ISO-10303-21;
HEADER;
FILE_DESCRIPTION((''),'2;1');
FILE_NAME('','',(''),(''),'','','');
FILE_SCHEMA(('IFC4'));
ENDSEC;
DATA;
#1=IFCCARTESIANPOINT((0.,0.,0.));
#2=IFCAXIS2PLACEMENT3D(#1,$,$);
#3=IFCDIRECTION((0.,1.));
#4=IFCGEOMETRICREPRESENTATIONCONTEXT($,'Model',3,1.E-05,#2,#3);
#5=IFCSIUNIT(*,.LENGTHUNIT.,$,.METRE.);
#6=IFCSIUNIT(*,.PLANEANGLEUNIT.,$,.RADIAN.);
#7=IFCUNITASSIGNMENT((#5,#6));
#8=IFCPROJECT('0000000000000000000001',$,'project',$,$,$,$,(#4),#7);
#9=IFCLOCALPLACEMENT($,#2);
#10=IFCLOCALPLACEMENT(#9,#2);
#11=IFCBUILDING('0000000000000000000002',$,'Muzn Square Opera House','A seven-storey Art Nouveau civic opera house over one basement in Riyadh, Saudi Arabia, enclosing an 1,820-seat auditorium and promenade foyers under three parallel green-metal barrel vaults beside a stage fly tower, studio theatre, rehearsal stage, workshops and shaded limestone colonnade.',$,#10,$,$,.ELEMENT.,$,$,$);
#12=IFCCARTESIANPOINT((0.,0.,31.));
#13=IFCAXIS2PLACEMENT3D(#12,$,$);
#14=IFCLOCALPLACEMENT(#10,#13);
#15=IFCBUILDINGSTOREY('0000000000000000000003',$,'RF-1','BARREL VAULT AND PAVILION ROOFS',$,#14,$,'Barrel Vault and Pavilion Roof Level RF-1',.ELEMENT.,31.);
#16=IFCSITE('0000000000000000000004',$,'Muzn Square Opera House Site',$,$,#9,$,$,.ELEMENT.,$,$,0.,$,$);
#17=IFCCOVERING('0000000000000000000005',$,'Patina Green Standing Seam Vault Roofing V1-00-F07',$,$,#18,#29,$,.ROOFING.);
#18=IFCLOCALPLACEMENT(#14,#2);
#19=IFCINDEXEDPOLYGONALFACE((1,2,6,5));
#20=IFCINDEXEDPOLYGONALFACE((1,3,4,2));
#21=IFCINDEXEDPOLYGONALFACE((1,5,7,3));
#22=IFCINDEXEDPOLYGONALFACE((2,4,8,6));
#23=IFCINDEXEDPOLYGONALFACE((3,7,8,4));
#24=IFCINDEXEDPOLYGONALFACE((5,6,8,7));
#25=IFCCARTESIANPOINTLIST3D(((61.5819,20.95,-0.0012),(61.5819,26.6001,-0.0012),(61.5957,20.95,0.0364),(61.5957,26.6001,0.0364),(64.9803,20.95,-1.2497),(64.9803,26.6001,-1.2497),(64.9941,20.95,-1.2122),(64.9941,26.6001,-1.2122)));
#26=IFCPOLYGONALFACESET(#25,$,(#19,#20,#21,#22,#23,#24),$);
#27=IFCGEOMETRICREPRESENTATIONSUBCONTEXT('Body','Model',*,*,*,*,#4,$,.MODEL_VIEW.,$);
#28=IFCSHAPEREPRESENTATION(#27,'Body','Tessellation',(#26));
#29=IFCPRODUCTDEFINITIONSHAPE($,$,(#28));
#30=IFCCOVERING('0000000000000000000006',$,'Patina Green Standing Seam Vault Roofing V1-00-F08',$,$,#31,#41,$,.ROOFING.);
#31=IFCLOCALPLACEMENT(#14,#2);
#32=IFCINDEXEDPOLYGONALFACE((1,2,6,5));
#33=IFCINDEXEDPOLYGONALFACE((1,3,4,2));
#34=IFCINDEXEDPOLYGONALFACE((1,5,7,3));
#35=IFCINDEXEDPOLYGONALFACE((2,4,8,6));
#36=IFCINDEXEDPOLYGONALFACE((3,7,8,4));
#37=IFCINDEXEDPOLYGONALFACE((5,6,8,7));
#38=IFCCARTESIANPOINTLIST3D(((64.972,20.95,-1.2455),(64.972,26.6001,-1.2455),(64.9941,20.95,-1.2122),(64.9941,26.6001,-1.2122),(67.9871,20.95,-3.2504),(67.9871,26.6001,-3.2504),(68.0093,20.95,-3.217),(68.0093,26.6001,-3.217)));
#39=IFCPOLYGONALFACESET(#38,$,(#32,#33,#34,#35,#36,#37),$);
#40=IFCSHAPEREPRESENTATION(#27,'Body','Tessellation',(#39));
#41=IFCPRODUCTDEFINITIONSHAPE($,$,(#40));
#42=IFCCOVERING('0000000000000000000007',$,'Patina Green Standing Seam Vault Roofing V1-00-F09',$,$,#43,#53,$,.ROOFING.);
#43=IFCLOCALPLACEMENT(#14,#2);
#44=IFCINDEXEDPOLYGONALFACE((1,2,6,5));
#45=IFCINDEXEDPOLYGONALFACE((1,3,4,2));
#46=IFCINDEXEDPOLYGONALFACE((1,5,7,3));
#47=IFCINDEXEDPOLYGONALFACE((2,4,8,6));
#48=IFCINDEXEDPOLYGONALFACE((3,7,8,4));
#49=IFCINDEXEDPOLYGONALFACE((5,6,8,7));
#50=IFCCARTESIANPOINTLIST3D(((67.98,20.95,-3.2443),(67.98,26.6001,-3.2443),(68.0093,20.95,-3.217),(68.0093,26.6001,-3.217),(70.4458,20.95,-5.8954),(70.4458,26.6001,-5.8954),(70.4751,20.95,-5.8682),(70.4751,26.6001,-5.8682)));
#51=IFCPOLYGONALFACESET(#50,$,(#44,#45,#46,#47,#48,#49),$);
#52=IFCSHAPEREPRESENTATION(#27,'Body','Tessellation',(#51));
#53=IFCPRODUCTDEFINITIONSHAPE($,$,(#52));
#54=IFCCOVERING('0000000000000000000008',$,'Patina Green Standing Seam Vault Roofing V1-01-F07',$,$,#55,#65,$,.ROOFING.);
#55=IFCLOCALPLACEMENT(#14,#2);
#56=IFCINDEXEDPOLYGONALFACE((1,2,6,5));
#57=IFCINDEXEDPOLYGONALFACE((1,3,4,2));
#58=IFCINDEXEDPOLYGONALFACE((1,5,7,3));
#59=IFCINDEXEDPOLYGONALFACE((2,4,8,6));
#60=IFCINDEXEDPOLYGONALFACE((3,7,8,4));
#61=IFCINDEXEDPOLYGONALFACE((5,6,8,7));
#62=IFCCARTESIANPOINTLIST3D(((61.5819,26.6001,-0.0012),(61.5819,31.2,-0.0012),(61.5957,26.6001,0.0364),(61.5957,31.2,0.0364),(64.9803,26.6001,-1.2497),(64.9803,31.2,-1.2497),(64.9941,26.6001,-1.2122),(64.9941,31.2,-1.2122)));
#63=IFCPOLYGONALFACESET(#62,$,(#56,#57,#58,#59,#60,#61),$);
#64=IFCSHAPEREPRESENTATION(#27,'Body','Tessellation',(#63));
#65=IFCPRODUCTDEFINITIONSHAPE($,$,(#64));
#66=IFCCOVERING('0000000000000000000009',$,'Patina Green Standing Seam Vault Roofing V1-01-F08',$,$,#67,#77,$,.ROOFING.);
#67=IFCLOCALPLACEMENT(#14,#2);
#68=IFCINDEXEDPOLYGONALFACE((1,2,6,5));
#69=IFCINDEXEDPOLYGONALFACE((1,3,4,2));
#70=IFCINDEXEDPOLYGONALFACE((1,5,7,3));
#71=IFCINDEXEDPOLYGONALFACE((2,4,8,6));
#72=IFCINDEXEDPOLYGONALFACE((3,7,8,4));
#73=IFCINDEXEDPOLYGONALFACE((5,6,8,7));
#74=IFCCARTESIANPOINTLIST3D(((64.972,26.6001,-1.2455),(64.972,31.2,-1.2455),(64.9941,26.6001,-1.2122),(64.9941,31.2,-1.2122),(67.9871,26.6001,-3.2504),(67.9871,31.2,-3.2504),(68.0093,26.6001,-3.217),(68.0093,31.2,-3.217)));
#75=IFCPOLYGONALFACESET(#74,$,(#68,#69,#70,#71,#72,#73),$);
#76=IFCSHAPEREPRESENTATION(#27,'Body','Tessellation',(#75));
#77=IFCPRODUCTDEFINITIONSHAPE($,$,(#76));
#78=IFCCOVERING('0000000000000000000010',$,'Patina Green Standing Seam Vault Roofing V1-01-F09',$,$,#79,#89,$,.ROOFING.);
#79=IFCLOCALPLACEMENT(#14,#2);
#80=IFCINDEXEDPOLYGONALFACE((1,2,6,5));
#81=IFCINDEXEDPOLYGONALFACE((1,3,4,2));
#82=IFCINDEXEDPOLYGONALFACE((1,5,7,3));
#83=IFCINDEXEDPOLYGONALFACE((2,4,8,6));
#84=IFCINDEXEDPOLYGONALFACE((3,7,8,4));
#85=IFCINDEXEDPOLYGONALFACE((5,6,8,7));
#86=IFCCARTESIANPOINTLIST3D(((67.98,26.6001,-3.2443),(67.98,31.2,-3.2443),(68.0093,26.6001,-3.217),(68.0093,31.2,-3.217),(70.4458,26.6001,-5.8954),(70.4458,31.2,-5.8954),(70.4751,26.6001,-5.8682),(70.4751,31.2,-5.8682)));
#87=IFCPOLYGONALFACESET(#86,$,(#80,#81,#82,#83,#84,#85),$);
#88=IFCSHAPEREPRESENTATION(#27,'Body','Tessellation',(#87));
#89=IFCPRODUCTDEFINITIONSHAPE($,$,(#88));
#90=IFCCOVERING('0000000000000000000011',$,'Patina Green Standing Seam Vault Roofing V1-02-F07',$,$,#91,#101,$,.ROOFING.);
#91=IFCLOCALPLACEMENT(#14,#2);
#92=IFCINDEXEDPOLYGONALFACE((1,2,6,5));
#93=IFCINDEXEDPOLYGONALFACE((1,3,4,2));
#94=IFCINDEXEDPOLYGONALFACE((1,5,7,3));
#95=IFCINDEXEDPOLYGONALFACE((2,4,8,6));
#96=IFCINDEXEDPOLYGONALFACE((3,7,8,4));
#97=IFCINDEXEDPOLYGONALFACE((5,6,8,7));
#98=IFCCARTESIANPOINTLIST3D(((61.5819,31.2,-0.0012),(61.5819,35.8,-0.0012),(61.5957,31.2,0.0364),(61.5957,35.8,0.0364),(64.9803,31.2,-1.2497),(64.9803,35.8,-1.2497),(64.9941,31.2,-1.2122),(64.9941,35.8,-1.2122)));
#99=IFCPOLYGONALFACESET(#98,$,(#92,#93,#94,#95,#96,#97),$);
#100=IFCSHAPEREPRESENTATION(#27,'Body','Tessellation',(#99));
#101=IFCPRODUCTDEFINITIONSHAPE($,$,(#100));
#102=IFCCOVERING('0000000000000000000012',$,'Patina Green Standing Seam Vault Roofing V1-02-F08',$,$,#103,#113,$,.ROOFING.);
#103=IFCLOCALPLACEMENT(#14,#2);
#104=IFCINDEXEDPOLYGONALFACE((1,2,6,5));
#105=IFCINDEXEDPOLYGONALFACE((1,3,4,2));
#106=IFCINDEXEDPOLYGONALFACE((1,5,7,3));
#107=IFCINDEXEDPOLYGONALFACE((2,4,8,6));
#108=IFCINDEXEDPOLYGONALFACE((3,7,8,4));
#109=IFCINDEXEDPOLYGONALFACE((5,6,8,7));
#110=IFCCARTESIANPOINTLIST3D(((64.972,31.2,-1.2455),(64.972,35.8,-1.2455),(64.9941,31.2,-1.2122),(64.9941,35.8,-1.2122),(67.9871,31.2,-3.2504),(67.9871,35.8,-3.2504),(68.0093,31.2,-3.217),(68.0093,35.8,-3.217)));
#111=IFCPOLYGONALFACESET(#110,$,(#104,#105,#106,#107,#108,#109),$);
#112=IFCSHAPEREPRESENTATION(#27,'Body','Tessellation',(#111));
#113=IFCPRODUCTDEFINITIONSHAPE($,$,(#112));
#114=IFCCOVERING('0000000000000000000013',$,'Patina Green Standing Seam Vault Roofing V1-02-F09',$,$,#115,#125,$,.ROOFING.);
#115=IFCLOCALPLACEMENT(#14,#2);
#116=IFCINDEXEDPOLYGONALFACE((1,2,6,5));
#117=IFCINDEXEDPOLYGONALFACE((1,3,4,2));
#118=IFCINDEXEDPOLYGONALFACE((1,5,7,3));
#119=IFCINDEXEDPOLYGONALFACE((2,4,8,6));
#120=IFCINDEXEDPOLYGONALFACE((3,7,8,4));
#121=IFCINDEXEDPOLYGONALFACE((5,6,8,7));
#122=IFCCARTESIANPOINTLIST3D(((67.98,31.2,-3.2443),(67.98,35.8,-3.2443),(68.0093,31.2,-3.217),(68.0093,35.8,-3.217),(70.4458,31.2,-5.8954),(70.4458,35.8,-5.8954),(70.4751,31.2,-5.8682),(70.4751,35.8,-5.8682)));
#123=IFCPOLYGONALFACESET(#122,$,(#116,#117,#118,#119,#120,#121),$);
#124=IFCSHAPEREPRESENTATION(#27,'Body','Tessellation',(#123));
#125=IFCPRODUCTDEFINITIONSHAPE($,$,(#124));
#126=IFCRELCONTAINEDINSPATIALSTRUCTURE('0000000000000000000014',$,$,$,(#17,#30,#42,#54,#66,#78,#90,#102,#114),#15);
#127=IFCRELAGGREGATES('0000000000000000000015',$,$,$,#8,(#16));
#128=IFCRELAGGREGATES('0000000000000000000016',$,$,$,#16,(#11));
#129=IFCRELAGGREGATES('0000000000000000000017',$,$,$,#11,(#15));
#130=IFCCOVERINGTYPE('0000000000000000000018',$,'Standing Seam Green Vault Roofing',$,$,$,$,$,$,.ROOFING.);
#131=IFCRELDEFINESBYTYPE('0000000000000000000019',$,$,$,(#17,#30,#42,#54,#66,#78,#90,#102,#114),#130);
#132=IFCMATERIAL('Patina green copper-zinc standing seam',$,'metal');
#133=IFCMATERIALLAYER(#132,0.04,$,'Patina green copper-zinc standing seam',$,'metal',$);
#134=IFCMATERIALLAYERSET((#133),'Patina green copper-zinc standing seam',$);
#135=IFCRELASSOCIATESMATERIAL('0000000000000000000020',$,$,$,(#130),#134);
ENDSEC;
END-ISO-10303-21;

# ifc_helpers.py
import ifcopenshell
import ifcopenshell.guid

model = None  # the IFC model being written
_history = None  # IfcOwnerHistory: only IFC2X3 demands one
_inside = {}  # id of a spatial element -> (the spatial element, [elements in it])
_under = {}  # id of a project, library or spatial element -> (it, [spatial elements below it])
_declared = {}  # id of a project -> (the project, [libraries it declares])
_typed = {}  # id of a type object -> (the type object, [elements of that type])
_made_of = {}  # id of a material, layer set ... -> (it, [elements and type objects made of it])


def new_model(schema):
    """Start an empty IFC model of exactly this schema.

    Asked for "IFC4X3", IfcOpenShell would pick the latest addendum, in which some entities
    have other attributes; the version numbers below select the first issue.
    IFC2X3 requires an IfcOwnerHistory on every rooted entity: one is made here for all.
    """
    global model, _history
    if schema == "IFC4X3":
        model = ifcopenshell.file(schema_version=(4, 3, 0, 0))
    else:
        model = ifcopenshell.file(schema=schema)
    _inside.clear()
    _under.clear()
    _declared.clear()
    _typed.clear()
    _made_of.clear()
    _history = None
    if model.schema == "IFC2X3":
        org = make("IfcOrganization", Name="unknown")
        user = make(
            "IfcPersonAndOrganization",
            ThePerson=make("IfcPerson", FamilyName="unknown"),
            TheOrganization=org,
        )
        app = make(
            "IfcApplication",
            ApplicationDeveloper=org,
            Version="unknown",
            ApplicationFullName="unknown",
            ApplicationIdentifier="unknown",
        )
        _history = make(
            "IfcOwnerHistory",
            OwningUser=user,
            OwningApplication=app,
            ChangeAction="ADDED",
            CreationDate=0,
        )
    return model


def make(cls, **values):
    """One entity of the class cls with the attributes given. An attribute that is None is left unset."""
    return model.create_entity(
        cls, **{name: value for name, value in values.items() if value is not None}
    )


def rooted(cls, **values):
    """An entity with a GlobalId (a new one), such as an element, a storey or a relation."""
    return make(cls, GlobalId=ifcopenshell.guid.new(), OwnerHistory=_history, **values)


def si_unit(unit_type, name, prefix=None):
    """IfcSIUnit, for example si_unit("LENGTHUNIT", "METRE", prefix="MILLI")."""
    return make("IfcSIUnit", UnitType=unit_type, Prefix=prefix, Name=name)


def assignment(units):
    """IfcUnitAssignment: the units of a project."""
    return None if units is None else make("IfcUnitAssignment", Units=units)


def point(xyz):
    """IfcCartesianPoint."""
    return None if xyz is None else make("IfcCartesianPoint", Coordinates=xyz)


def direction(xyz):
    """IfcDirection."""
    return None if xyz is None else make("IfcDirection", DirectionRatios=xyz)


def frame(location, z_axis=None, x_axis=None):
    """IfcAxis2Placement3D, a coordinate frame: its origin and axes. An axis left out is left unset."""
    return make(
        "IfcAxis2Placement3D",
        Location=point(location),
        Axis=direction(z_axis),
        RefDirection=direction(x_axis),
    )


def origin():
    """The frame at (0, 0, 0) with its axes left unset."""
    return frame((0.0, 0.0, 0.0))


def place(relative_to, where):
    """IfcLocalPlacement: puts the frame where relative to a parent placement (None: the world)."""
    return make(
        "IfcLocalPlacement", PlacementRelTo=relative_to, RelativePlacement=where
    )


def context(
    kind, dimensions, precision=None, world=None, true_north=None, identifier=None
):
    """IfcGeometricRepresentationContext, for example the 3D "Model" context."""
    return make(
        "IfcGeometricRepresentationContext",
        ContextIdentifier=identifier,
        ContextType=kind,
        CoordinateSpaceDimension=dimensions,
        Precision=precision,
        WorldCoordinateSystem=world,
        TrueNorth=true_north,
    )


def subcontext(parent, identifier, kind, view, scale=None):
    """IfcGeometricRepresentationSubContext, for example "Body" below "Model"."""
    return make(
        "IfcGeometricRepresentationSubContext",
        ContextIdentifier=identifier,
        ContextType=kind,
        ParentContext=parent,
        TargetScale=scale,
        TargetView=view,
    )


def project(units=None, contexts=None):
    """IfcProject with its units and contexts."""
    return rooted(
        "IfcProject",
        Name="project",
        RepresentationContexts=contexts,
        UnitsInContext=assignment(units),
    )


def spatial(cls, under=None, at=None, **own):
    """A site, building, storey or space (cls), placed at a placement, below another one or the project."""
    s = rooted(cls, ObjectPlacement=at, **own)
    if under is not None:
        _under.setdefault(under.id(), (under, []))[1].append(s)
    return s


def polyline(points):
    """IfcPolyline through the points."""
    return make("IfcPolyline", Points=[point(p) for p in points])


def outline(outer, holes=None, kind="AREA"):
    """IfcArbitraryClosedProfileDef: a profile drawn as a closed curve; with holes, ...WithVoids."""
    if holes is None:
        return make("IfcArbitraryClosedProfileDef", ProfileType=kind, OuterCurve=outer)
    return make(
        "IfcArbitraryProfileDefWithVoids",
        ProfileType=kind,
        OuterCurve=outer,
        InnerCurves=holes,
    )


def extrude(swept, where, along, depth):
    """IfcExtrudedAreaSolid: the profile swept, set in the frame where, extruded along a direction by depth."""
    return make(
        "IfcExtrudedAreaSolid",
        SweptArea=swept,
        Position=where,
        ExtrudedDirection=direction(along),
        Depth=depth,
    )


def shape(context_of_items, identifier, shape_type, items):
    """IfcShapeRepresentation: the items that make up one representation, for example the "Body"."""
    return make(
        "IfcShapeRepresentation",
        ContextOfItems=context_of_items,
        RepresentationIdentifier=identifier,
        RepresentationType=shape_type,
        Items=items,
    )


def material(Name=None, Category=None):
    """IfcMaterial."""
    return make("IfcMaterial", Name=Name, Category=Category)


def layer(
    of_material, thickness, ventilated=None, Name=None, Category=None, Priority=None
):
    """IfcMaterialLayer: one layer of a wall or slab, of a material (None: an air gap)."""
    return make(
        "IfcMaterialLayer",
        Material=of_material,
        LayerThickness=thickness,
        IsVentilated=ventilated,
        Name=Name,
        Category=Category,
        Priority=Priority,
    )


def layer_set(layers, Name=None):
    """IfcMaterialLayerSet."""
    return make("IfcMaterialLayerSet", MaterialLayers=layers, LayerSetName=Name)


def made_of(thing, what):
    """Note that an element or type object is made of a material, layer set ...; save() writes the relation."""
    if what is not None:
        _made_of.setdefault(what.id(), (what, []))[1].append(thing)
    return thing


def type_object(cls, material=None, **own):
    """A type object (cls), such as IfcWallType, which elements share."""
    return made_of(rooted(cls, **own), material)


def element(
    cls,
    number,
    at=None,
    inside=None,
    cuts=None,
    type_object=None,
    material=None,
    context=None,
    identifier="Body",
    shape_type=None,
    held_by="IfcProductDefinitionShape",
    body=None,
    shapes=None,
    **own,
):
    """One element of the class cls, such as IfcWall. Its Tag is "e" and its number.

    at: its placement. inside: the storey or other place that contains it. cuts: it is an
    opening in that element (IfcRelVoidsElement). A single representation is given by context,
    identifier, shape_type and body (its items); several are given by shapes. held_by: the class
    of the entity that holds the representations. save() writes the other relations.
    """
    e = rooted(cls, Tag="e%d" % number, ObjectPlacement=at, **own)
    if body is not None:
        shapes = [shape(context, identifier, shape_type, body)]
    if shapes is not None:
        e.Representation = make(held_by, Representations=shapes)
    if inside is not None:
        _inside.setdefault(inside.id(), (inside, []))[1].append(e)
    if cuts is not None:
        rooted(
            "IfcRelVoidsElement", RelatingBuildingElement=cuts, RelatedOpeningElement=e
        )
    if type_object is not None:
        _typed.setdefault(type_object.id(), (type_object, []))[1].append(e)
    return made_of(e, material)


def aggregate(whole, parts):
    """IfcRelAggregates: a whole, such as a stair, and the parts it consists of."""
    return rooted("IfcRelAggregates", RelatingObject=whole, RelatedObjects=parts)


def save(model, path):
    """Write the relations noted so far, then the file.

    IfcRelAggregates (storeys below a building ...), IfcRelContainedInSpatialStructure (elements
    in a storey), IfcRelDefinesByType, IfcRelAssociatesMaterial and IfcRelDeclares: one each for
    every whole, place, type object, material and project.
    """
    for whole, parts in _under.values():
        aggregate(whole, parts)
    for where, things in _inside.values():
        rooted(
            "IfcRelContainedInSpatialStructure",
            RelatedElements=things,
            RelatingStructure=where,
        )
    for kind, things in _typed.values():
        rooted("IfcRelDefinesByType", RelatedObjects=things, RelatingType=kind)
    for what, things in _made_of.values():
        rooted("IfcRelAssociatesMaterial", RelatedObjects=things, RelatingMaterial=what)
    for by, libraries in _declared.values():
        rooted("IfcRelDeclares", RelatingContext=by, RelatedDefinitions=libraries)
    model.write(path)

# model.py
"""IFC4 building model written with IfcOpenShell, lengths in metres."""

from ifc_helpers import new_model, si_unit, direction, frame, origin, place, context, subcontext, project, spatial, polyline, outline, extrude, material, layer, layer_set, type_object, element, save


model = new_model("IFC4")

# Units and contexts
model_context = context("Model", 3, precision=1e-05, world=origin(), true_north=direction((0.0, 1.0)))
body_context = subcontext(model_context, "Body", "Model", "MODEL_VIEW")
ifc_project = project(units=[si_unit("LENGTHUNIT", "METRE"), si_unit("PLANEANGLEUNIT", "RADIAN")], contexts=[model_context])

# Site, building, storey
site_placement = place(None, origin())
site = spatial("IfcSite", under=ifc_project, at=site_placement, Name="Muzn Square Opera House Site", CompositionType="ELEMENT", RefElevation=0.0)
building_placement = place(site_placement, origin())
building = spatial("IfcBuilding", under=site, at=building_placement, Name="Muzn Square Opera House", Description="A seven-storey Art Nouveau civic opera house over one basement in Riyadh, Saudi Arabia, enclosing an 1,820-seat auditorium and promenade foyers under three parallel green-metal barrel vaults beside a stage fly tower, studio theatre, rehearsal stage, workshops and shaded limestone colonnade.", CompositionType="ELEMENT")
storey_placement = place(building_placement, frame((0.0, 0.0, 31.0)))
storey = spatial("IfcBuildingStorey", under=building, at=storey_placement, Name="RF-1", Description="BARREL VAULT AND PAVILION ROOFS", LongName="Barrel Vault and Pavilion Roof Level RF-1", CompositionType="ELEMENT", Elevation=31.0)

# Shared definitions
ifc_material_1 = material(Name="Patina green copper-zinc standing seam", Category="metal")

# Coverings
ifc_layer_1 = layer(ifc_material_1, 0.04, Name="Patina green copper-zinc standing seam", Category="metal")
ifc_layer_set_1 = layer_set([ifc_layer_1], Name="Patina green copper-zinc standing seam")
covering_type = type_object("IfcCoveringType", Name="Standing Seam Green Vault Roofing", PredefinedType="ROOFING", material=ifc_layer_set_1)
covering_1_placement = place(storey_placement, frame((61.5957, 20.95, 0.0364), z_axis=(0.344849, 0.0, 0.938658), x_axis=(0.938658, 0.0, -0.344849)))
element("IfcCovering", 1, at=covering_1_placement, inside=storey, type_object=covering_type, Name="Patina Green Standing Seam Vault Roofing V1-00-F07", PredefinedType="ROOFING", context=body_context, shape_type="SweptSolid", body=[
    extrude(outline(polyline([(0.0, 0.0), (3.6205, 0.0), (3.6205, 5.6501), (0.0, 5.6501), (0.0, 0.0)])), origin(), (0.0, 0.0, -1.0), 0.04),
])
covering_2_placement = place(storey_placement, frame((64.9941, 20.95, -1.2122), z_axis=(0.553704, 0.0, 0.832714), x_axis=(0.832714, 0.0, -0.553704)))
element("IfcCovering", 2, at=covering_2_placement, inside=storey, type_object=covering_type, Name="Patina Green Standing Seam Vault Roofing V1-00-F08", PredefinedType="ROOFING", context=body_context, shape_type="SweptSolid", body=[
    extrude(outline(polyline([(0.0, 0.0), (3.6209, 0.0), (3.6209, 5.6501), (0.0, 5.6501), (0.0, 0.0)])), origin(), (0.0, 0.0, -1.0), 0.04),
])
covering_3_placement = place(storey_placement, frame((68.0093, 20.95, -3.217), z_axis=(0.732234, 0.0, 0.681053), x_axis=(0.681053, 0.0, -0.732234)))
element("IfcCovering", 3, at=covering_3_placement, inside=storey, type_object=covering_type, Name="Patina Green Standing Seam Vault Roofing V1-00-F09", PredefinedType="ROOFING", context=body_context, shape_type="SweptSolid", body=[
    extrude(outline(polyline([(0.0, 0.0), (3.6206, 0.0), (3.6206, 5.6501), (0.0, 5.6501), (0.0, 0.0)])), origin(), (0.0, 0.0, -1.0), 0.04),
])
covering_4_placement = place(storey_placement, frame((61.5957, 26.6001, 0.0364), z_axis=(0.344849, 0.0, 0.938658), x_axis=(0.938658, 0.0, -0.344849)))
element("IfcCovering", 4, at=covering_4_placement, inside=storey, type_object=covering_type, Name="Patina Green Standing Seam Vault Roofing V1-01-F07", PredefinedType="ROOFING", context=body_context, shape_type="SweptSolid", body=[
    extrude(outline(polyline([(0.0, 0.0), (3.6205, 0.0), (3.6205, 4.5999), (0.0, 4.5999), (0.0, 0.0)])), origin(), (0.0, 0.0, -1.0), 0.04),
])
covering_5_placement = place(storey_placement, frame((64.9941, 26.6001, -1.2122), z_axis=(0.553704, 0.0, 0.832714), x_axis=(0.832714, 0.0, -0.553704)))
element("IfcCovering", 5, at=covering_5_placement, inside=storey, type_object=covering_type, Name="Patina Green Standing Seam Vault Roofing V1-01-F08", PredefinedType="ROOFING", context=body_context, shape_type="SweptSolid", body=[
    extrude(outline(polyline([(0.0, 0.0), (3.6209, 0.0), (3.6209, 4.5999), (0.0, 4.5999), (0.0, 0.0)])), origin(), (0.0, 0.0, -1.0), 0.04),
])
covering_6_placement = place(storey_placement, frame((68.0093, 26.6001, -3.217), z_axis=(0.732234, 0.0, 0.681053), x_axis=(0.681053, 0.0, -0.732234)))
element("IfcCovering", 6, at=covering_6_placement, inside=storey, type_object=covering_type, Name="Patina Green Standing Seam Vault Roofing V1-01-F09", PredefinedType="ROOFING", context=body_context, shape_type="SweptSolid", body=[
    extrude(outline(polyline([(0.0, 0.0), (3.6206, 0.0), (3.6206, 4.5999), (0.0, 4.5999), (0.0, 0.0)])), origin(), (0.0, 0.0, -1.0), 0.04),
])
covering_7_placement = place(storey_placement, frame((61.5957, 31.2, 0.0364), z_axis=(0.344849, 0.0, 0.938658), x_axis=(0.938658, 0.0, -0.344849)))
element("IfcCovering", 7, at=covering_7_placement, inside=storey, type_object=covering_type, Name="Patina Green Standing Seam Vault Roofing V1-02-F07", PredefinedType="ROOFING", context=body_context, shape_type="SweptSolid", body=[
    extrude(outline(polyline([(0.0, 0.0), (3.6205, 0.0), (3.6205, 4.6001), (0.0, 4.6001), (0.0, 0.0)])), origin(), (0.0, 0.0, -1.0), 0.04),
])
covering_8_placement = place(storey_placement, frame((64.9941, 31.2, -1.2122), z_axis=(0.553704, 0.0, 0.832714), x_axis=(0.832714, 0.0, -0.553704)))
element("IfcCovering", 8, at=covering_8_placement, inside=storey, type_object=covering_type, Name="Patina Green Standing Seam Vault Roofing V1-02-F08", PredefinedType="ROOFING", context=body_context, shape_type="SweptSolid", body=[
    extrude(outline(polyline([(0.0, 0.0), (3.6209, 0.0), (3.6209, 4.6001), (0.0, 4.6001), (0.0, 0.0)])), origin(), (0.0, 0.0, -1.0), 0.04),
])
covering_9_placement = place(storey_placement, frame((68.0093, 31.2, -3.217), z_axis=(0.732234, 0.0, 0.681053), x_axis=(0.681053, 0.0, -0.732234)))
element("IfcCovering", 9, at=covering_9_placement, inside=storey, type_object=covering_type, Name="Patina Green Standing Seam Vault Roofing V1-02-F09", PredefinedType="ROOFING", context=body_context, shape_type="SweptSolid", body=[
    extrude(outline(polyline([(0.0, 0.0), (3.6206, 0.0), (3.6206, 4.6001), (0.0, 4.6001), (0.0, 0.0)])), origin(), (0.0, 0.0, -1.0), 0.04),
])

save(model, "model.ifc")
